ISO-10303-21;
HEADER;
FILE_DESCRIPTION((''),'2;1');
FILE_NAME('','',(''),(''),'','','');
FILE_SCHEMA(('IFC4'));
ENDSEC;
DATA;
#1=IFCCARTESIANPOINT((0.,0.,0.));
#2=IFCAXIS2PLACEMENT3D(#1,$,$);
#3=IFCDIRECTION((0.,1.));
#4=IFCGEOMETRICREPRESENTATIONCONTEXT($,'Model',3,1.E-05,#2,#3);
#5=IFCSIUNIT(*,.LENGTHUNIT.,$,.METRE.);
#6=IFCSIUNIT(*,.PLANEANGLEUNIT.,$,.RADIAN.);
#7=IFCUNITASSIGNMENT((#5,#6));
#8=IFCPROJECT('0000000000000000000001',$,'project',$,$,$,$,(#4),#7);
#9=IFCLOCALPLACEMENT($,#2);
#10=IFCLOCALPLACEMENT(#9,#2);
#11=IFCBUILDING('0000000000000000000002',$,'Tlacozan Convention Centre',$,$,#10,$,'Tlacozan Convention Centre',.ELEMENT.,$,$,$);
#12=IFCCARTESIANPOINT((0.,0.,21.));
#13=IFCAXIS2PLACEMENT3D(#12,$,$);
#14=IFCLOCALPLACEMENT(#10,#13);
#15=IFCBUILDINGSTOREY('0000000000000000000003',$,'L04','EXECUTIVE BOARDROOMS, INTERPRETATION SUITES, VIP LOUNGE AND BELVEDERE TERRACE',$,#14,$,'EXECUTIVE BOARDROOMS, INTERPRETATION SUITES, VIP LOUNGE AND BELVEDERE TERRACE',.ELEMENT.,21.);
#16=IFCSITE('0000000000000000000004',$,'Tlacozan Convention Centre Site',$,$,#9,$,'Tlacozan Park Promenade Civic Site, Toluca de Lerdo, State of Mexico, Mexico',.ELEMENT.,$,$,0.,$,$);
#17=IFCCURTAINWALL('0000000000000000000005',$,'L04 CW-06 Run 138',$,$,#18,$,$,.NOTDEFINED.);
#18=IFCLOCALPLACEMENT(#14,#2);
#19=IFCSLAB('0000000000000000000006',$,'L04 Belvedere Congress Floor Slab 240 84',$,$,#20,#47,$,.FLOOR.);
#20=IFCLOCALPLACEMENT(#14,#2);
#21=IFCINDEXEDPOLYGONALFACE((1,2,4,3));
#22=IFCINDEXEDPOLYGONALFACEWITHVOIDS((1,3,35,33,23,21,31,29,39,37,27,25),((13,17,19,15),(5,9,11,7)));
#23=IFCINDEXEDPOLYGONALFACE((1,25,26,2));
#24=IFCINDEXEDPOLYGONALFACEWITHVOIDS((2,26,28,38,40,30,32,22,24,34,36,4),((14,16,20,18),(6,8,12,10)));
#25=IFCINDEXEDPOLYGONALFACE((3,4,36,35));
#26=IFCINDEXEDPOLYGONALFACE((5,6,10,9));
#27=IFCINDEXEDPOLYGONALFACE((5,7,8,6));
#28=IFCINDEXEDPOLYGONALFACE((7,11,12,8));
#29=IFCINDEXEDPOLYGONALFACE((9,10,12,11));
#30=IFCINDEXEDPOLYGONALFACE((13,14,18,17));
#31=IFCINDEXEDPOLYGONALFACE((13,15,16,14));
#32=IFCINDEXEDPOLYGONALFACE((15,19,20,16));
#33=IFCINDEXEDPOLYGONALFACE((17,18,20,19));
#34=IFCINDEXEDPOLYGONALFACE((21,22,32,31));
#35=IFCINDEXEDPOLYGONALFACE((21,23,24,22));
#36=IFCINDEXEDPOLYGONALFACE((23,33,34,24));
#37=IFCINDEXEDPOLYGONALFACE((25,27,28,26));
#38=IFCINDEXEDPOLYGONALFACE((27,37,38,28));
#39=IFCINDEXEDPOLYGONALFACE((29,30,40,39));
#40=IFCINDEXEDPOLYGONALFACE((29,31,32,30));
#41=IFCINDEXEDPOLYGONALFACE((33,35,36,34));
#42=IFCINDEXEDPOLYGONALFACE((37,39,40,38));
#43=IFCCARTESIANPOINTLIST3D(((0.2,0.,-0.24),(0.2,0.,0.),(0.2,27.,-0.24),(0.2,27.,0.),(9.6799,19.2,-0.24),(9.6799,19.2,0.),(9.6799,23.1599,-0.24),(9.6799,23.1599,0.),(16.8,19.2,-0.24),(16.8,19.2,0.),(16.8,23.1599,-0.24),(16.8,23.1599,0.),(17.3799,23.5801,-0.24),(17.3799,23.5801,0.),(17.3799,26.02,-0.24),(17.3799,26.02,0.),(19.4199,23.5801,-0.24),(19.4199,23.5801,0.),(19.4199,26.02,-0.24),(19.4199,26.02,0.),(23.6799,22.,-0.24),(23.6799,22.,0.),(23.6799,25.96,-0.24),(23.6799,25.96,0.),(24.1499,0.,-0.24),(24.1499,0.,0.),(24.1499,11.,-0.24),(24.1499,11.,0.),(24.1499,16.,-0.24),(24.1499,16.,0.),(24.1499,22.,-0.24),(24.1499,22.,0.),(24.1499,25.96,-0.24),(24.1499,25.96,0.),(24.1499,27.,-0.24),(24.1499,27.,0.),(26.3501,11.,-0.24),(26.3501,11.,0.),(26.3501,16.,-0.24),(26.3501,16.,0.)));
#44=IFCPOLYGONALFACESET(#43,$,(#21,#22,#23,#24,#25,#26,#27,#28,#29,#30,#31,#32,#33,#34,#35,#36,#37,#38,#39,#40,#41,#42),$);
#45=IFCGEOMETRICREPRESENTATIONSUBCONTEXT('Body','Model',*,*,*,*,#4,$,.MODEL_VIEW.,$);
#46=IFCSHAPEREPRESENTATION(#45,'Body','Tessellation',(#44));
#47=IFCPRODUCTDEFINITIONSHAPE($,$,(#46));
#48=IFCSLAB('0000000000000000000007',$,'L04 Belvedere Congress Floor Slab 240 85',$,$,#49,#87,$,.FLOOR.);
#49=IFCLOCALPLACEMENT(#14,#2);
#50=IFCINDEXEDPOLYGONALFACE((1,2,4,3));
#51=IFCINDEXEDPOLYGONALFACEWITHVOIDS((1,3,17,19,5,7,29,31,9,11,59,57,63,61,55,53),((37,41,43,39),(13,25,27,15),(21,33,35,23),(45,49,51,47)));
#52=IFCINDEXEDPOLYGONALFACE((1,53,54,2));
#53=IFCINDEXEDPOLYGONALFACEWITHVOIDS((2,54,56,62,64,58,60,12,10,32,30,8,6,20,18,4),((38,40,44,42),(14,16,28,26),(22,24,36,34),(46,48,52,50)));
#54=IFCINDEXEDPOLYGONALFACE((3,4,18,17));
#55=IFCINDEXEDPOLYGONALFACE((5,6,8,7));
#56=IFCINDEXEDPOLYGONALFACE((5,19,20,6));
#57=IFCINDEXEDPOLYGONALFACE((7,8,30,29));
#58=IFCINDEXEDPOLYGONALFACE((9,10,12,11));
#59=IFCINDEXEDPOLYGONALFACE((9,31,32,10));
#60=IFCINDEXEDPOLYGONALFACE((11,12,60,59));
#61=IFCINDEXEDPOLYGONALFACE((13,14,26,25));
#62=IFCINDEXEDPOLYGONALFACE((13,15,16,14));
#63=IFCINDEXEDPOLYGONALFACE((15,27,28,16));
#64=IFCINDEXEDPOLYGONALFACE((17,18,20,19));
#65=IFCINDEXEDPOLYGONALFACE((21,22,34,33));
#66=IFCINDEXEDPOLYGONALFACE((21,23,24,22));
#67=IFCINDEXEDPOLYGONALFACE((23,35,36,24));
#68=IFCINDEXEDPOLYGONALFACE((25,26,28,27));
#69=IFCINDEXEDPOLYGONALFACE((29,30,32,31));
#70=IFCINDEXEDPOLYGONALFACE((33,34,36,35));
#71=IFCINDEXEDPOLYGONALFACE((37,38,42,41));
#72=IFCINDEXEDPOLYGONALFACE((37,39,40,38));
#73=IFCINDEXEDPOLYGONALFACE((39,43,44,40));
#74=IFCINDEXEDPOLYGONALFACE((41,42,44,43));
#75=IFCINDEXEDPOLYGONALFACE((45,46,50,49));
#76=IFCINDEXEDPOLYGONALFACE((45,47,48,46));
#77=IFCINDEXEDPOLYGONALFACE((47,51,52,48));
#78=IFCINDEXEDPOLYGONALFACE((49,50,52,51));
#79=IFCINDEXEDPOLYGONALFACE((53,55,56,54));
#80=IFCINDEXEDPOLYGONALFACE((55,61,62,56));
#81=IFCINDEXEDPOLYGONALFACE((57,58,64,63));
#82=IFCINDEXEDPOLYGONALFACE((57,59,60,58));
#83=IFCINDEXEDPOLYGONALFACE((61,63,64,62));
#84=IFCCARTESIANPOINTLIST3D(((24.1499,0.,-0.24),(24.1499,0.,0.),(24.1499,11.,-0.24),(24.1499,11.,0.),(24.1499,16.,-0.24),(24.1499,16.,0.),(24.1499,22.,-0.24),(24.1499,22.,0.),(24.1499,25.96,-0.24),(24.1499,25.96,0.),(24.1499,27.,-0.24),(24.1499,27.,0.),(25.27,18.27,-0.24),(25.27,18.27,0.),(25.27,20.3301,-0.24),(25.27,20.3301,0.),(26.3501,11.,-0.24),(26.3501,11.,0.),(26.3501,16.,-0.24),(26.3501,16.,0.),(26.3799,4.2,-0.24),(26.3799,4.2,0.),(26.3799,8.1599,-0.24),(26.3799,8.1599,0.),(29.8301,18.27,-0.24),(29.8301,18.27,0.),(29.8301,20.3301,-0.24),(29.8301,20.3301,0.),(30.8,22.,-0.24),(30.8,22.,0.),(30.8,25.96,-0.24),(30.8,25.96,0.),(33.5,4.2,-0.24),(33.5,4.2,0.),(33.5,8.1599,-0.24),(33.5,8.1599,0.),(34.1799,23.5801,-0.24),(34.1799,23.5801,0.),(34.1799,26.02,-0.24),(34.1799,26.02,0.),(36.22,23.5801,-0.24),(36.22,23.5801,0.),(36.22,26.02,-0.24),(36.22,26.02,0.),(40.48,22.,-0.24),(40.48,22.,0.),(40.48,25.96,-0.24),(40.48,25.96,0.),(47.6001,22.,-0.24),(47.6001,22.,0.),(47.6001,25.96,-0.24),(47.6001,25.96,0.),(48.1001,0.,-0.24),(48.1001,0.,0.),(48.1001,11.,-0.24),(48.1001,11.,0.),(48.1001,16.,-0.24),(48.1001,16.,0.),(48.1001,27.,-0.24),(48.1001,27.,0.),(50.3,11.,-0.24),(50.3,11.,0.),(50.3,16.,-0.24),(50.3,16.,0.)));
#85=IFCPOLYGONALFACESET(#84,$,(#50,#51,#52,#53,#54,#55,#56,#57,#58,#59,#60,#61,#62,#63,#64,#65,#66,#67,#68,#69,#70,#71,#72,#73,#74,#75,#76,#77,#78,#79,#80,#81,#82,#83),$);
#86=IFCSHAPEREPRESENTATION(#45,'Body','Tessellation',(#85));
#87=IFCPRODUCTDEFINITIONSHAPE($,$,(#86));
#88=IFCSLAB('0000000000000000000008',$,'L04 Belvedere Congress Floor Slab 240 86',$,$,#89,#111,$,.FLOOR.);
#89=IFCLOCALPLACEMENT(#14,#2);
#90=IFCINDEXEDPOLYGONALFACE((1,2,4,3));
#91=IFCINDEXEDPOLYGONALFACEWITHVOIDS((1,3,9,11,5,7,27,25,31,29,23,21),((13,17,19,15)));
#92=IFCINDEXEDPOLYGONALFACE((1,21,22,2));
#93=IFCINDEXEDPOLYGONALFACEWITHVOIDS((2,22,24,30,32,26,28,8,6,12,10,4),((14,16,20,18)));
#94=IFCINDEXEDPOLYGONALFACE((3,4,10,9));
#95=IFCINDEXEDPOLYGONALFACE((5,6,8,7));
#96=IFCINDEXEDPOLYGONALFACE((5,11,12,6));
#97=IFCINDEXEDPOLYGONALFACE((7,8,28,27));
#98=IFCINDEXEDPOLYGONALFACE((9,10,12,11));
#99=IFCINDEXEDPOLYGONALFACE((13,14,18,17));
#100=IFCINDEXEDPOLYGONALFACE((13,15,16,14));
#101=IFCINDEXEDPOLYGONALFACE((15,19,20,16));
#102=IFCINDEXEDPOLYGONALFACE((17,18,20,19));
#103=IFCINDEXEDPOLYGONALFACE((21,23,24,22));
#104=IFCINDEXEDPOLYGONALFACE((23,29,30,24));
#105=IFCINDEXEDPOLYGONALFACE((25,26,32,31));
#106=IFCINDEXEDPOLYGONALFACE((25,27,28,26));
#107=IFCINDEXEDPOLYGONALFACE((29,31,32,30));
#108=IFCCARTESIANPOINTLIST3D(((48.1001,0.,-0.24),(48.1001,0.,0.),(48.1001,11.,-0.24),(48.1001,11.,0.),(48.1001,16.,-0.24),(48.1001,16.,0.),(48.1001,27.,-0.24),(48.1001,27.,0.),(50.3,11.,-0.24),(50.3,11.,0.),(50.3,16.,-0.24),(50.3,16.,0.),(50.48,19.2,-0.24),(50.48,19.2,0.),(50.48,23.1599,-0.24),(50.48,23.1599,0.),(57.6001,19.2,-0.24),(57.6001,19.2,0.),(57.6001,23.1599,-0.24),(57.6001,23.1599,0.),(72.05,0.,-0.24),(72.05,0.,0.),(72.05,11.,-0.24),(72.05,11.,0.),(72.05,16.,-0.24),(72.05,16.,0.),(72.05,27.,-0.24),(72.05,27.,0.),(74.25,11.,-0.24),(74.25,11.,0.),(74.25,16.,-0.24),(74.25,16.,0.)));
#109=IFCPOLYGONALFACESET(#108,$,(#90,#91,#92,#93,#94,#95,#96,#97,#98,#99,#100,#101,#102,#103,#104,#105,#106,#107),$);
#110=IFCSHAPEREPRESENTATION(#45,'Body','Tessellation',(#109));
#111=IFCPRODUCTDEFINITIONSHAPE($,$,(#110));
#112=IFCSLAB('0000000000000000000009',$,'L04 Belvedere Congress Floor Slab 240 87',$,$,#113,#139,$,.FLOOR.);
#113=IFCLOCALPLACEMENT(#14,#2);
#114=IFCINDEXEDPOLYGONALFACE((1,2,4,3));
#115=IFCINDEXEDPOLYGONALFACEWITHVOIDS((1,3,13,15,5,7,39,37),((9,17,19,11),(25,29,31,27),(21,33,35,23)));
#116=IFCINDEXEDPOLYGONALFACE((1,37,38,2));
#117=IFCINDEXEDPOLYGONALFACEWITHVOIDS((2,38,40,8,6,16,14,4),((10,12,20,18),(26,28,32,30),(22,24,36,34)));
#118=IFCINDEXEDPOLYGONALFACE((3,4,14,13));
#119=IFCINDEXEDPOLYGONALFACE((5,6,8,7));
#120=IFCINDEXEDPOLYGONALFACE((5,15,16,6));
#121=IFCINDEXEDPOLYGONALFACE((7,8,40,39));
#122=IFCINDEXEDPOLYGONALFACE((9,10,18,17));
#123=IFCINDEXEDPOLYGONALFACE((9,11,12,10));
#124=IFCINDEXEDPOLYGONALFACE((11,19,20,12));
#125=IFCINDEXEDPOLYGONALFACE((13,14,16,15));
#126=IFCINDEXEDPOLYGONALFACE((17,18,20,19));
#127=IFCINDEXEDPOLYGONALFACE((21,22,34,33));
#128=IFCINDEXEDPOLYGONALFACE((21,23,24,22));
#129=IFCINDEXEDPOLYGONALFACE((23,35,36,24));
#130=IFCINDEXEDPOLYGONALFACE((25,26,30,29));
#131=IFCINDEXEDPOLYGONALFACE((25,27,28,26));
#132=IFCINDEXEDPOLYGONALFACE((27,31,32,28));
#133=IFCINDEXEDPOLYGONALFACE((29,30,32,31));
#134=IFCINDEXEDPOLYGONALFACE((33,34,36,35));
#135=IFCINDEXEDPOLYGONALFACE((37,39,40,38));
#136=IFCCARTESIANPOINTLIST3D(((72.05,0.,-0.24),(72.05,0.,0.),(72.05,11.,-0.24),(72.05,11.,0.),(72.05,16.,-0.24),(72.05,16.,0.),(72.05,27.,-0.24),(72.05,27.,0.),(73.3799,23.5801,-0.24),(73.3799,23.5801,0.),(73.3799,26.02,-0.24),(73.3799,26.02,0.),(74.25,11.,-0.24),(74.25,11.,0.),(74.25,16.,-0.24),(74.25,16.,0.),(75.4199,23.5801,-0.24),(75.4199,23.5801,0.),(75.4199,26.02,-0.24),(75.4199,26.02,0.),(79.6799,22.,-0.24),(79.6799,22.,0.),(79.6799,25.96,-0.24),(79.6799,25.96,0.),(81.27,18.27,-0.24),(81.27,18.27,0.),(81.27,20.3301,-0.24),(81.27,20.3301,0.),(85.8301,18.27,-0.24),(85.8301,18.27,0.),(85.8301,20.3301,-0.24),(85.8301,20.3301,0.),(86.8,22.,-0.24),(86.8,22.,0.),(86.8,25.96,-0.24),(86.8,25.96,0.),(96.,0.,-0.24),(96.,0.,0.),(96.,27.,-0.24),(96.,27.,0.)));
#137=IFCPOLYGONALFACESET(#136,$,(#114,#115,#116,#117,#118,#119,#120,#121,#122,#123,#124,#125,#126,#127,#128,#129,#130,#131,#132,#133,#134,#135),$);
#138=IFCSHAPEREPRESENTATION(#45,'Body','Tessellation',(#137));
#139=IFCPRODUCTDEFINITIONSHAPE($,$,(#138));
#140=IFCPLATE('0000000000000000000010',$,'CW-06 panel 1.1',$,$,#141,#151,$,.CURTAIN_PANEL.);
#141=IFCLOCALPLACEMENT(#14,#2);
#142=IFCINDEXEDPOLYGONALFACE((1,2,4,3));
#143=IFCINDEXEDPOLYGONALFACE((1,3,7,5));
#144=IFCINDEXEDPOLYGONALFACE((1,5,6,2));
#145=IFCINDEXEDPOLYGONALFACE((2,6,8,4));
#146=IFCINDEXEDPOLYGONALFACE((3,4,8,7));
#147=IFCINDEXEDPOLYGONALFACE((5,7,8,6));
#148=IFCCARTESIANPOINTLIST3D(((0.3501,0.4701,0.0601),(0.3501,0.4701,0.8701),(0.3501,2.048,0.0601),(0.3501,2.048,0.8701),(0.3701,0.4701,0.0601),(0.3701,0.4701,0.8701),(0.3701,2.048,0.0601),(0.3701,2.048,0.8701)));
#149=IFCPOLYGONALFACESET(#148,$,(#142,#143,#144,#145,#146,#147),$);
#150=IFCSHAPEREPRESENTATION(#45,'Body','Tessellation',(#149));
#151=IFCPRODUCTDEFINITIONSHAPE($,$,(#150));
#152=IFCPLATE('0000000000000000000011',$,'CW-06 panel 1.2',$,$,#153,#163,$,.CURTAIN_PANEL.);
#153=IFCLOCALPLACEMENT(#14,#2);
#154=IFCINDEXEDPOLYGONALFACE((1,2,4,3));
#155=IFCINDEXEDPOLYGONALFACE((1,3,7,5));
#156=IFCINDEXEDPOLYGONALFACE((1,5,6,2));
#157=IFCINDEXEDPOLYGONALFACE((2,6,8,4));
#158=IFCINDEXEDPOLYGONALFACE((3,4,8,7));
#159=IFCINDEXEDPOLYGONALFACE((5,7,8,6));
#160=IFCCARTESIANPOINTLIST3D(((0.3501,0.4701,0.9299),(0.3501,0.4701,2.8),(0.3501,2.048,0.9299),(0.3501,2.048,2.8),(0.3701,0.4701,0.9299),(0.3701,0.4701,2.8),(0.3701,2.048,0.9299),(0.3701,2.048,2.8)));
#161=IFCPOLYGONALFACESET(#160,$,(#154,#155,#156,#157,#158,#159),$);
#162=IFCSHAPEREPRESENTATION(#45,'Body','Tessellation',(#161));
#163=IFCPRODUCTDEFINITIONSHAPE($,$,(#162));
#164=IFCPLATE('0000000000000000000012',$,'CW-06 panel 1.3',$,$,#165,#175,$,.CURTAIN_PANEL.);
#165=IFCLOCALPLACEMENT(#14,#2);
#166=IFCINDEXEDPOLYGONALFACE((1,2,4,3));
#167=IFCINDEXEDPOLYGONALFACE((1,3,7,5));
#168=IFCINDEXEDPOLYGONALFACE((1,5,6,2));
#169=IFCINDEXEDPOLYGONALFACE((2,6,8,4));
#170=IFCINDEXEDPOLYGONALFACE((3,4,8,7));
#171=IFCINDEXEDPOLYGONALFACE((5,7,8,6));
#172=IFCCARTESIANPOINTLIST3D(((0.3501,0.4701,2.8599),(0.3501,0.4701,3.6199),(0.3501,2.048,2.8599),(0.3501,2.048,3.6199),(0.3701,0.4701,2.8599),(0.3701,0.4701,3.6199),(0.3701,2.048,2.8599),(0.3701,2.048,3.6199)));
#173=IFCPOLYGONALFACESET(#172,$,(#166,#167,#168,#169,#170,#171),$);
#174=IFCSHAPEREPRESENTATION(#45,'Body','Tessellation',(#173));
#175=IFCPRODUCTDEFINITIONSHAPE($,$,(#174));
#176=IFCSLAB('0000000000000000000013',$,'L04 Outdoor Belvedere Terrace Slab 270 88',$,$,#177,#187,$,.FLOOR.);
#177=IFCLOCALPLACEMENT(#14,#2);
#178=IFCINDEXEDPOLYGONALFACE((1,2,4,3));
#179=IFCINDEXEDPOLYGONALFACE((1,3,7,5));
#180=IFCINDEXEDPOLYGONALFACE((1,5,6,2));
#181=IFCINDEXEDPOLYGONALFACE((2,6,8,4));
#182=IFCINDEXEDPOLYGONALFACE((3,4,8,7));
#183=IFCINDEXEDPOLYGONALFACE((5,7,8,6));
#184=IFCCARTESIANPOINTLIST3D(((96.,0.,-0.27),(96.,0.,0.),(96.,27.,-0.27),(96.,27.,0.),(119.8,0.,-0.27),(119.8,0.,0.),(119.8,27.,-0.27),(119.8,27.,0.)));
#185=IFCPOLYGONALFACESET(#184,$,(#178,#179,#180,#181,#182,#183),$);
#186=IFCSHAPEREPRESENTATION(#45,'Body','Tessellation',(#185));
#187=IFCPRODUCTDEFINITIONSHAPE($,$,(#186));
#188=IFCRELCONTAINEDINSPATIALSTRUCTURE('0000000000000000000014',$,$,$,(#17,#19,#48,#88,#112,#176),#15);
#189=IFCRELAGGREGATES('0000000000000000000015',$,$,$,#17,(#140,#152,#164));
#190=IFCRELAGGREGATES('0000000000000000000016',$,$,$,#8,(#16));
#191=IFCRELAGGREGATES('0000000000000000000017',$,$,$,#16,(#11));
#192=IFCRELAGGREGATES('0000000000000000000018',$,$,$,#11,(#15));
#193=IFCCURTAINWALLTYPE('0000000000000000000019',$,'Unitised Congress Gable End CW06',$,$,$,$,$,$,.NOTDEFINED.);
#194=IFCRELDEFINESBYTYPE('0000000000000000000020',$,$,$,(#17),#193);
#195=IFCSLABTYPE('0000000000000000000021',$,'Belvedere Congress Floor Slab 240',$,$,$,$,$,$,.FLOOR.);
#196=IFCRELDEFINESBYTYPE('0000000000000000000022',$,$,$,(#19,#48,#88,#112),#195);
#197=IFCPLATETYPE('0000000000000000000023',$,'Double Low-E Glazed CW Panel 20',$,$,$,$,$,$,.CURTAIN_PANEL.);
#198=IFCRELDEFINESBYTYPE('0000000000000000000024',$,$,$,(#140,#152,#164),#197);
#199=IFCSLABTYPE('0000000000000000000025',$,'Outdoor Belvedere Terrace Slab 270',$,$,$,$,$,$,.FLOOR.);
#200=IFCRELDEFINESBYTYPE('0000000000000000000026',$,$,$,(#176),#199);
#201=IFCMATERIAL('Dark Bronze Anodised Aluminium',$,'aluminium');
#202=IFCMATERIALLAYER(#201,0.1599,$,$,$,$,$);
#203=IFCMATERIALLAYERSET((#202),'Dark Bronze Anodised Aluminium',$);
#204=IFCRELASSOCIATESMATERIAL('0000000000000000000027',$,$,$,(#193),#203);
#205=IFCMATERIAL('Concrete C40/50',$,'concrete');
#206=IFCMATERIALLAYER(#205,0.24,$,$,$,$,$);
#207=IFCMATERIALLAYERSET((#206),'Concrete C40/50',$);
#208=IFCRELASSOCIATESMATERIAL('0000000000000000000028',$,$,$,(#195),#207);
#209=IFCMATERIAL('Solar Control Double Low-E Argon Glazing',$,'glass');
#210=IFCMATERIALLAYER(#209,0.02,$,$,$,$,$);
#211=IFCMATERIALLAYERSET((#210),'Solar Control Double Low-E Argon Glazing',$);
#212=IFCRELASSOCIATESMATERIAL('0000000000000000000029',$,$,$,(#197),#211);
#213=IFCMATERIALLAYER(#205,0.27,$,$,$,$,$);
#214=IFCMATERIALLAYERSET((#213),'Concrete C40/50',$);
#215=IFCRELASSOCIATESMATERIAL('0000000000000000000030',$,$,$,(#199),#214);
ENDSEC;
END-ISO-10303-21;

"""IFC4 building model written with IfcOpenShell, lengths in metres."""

from ifc_helpers import new_model, si_unit, direction, frame, origin, origin_2d, place, context, subcontext, project, spatial, polyline, rectangle, outline, extrude, material, layer, layer_set, type_object, element, aggregate, save


model = new_model("IFC4")

# Units and contexts
model_context = context("Model", 3, precision=1e-05, world=origin(), true_north=direction((0.0, 1.0)))
body_context = subcontext(model_context, "Body", "Model", "MODEL_VIEW")
ifc_project = project(units=[si_unit("LENGTHUNIT", "METRE"), si_unit("PLANEANGLEUNIT", "RADIAN")], contexts=[model_context])

# Site, building, storey
site_placement = place(None, origin())
site = spatial("IfcSite", under=ifc_project, at=site_placement, Name="Tlacozan Convention Centre Site", LongName="Tlacozan Park Promenade Civic Site, Toluca de Lerdo, State of Mexico, Mexico", CompositionType="ELEMENT", RefElevation=0.0)
building_placement = place(site_placement, origin())
building = spatial("IfcBuilding", under=site, at=building_placement, Name="Tlacozan Convention Centre", LongName="Tlacozan Convention Centre", CompositionType="ELEMENT")
storey_placement = place(building_placement, frame((0.0, 0.0, 21.0)))
storey = spatial("IfcBuildingStorey", under=building, at=storey_placement, Name="L04", Description="EXECUTIVE BOARDROOMS, INTERPRETATION SUITES, VIP LOUNGE AND BELVEDERE TERRACE", LongName="EXECUTIVE BOARDROOMS, INTERPRETATION SUITES, VIP LOUNGE AND BELVEDERE TERRACE", CompositionType="ELEMENT", Elevation=21.0)

# Curtain wall
ifc_material_1 = material(Name="Dark Bronze Anodised Aluminium", Category="aluminium")
ifc_layer_1 = layer(ifc_material_1, 0.1599)
ifc_layer_set_1 = layer_set([ifc_layer_1], Name="Dark Bronze Anodised Aluminium")
curtain_wall_type = type_object("IfcCurtainWallType", Name="Unitised Congress Gable End CW06", PredefinedType="NOTDEFINED", material=ifc_layer_set_1)
curtain_wall_placement = place(storey_placement, origin())
curtain_wall = element("IfcCurtainWall", 1, at=curtain_wall_placement, inside=storey, type_object=curtain_wall_type, Name="L04 CW-06 Run 138", PredefinedType="NOTDEFINED")

# Slabs
ifc_material_2 = material(Name="Concrete C40/50", Category="concrete")
ifc_layer_2 = layer(ifc_material_2, 0.24)
ifc_layer_set_2 = layer_set([ifc_layer_2], Name="Concrete C40/50")
slab_type_1 = type_object("IfcSlabType", Name="Belvedere Congress Floor Slab 240", PredefinedType="FLOOR", material=ifc_layer_set_2)
slab_1_placement = place(storey_placement, frame((0.0, 0.0, -0.24)))
element("IfcSlab", 2, at=slab_1_placement, inside=storey, type_object=slab_type_1, Name="L04 Belvedere Congress Floor Slab 240 84", PredefinedType="FLOOR", context=body_context, shape_type="SweptSolid", body=[
    extrude(outline(polyline([(0.2, 0.0), (0.2, 27.0), (24.1499, 27.0), (24.1499, 25.96), (23.6799, 25.96), (23.6799, 22.0), (24.1499, 22.0), (24.1499, 16.0), (26.3501, 16.0), (26.3501, 11.0), (24.1499, 11.0), (24.1499, 0.0), (0.2, 0.0)]), holes=[polyline([(16.8, 23.1599), (9.6799, 23.1599), (9.6799, 19.2), (16.8, 19.2), (16.8, 23.1599)]), polyline([(19.4199, 26.02), (17.3799, 26.02), (17.3799, 23.5801), (19.4199, 23.5801), (19.4199, 26.02)])]), origin(), (0.0, 0.0, 1.0), 0.24),
])
slab_2_placement = place(storey_placement, frame((0.0, 0.0, -0.24)))
element("IfcSlab", 3, at=slab_2_placement, inside=storey, type_object=slab_type_1, Name="L04 Belvedere Congress Floor Slab 240 85", PredefinedType="FLOOR", context=body_context, shape_type="SweptSolid", body=[
    extrude(outline(polyline([(24.1499, 11.0), (26.3501, 11.0), (26.3501, 16.0), (24.1499, 16.0), (24.1499, 22.0), (30.8, 22.0), (30.8, 25.96), (24.1499, 25.96), (24.1499, 27.0), (48.1001, 27.0), (48.1001, 16.0), (50.3, 16.0), (50.3, 11.0), (48.1001, 11.0), (48.1001, 0.0), (24.1499, 0.0), (24.1499, 11.0)]), holes=[polyline([(33.5, 8.1599), (26.3799, 8.1599), (26.3799, 4.2), (33.5, 4.2), (33.5, 8.1599)]), polyline([(25.27, 20.3301), (25.27, 18.27), (29.8301, 18.27), (29.8301, 20.3301), (25.27, 20.3301)]), polyline([(34.1799, 26.02), (34.1799, 23.5801), (36.22, 23.5801), (36.22, 26.02), (34.1799, 26.02)]), polyline([(47.6001, 25.96), (40.48, 25.96), (40.48, 22.0), (47.6001, 22.0), (47.6001, 25.96)])]), origin(), (0.0, 0.0, 1.0), 0.24),
])
slab_3_placement = place(storey_placement, frame((0.0, 0.0, -0.24)))
element("IfcSlab", 4, at=slab_3_placement, inside=storey, type_object=slab_type_1, Name="L04 Belvedere Congress Floor Slab 240 86", PredefinedType="FLOOR", context=body_context, shape_type="SweptSolid", body=[
    extrude(outline(polyline([(48.1001, 11.0), (50.3, 11.0), (50.3, 16.0), (48.1001, 16.0), (48.1001, 27.0), (72.05, 27.0), (72.05, 16.0), (74.25, 16.0), (74.25, 11.0), (72.05, 11.0), (72.05, 0.0), (48.1001, 0.0), (48.1001, 11.0)]), holes=[polyline([(57.6001, 19.2), (57.6001, 23.1599), (50.48, 23.1599), (50.48, 19.2), (57.6001, 19.2)])]), origin(), (0.0, 0.0, 1.0), 0.24),
])
slab_4_placement = place(storey_placement, frame((0.0, 0.0, -0.24)))
element("IfcSlab", 5, at=slab_4_placement, inside=storey, type_object=slab_type_1, Name="L04 Belvedere Congress Floor Slab 240 87", PredefinedType="FLOOR", context=body_context, shape_type="SweptSolid", body=[
    extrude(outline(polyline([(96.0, 27.0), (96.0, 0.0), (72.05, 0.0), (72.05, 11.0), (74.25, 11.0), (74.25, 16.0), (72.05, 16.0), (72.05, 27.0), (96.0, 27.0)]), holes=[polyline([(85.8301, 20.3301), (81.27, 20.3301), (81.27, 18.27), (85.8301, 18.27), (85.8301, 20.3301)]), polyline([(86.8, 22.0), (86.8, 25.96), (79.6799, 25.96), (79.6799, 22.0), (86.8, 22.0)]), polyline([(75.4199, 26.02), (73.3799, 26.02), (73.3799, 23.5801), (75.4199, 23.5801), (75.4199, 26.02)])]), origin(), (0.0, 0.0, 1.0), 0.24),
])

# Plates
ifc_material_3 = material(Name="Solar Control Double Low-E Argon Glazing", Category="glass")
ifc_layer_3 = layer(ifc_material_3, 0.02)
ifc_layer_set_3 = layer_set([ifc_layer_3], Name="Solar Control Double Low-E Argon Glazing")
plate_type = type_object("IfcPlateType", Name="Double Low-E Glazed CW Panel 20", PredefinedType="CURTAIN_PANEL", material=ifc_layer_set_3)
plate_1_placement = place(storey_placement, frame((0.3601, 1.259, 0.0601), z_axis=(0.0, 0.0, 1.0), x_axis=(0.0, 1.0, 0.0)))
plate_1 = element("IfcPlate", 6, at=plate_1_placement, type_object=plate_type, Name="CW-06 panel 1.1", PredefinedType="CURTAIN_PANEL", context=body_context, shape_type="SweptSolid", body=[
    extrude(rectangle(XDim=1.5779, YDim=0.02, at=origin_2d()), origin(), (0.0, 0.0, 1.0), 0.8101),
])
plate_2_placement = place(storey_placement, frame((0.3601, 1.259, 0.9299), z_axis=(0.0, 0.0, 1.0), x_axis=(0.0, 1.0, 0.0)))
plate_2 = element("IfcPlate", 7, at=plate_2_placement, type_object=plate_type, Name="CW-06 panel 1.2", PredefinedType="CURTAIN_PANEL", context=body_context, shape_type="SweptSolid", body=[
    extrude(rectangle(XDim=1.5779, YDim=0.02, at=origin_2d()), origin(), (0.0, 0.0, 1.0), 1.8701),
])
plate_3_placement = place(storey_placement, frame((0.3601, 1.259, 2.8599), z_axis=(0.0, 0.0, 1.0), x_axis=(0.0, 1.0, 0.0)))
plate_3 = element("IfcPlate", 8, at=plate_3_placement, type_object=plate_type, Name="CW-06 panel 1.3", PredefinedType="CURTAIN_PANEL", context=body_context, shape_type="SweptSolid", body=[
    extrude(rectangle(XDim=1.5779, YDim=0.02, at=origin_2d()), origin(), (0.0, 0.0, 1.0), 0.76),
])
aggregate(curtain_wall, [plate_1, plate_2, plate_3])

# Slab
ifc_layer_4 = layer(ifc_material_2, 0.27)
ifc_layer_set_4 = layer_set([ifc_layer_4], Name="Concrete C40/50")
slab_type_2 = type_object("IfcSlabType", Name="Outdoor Belvedere Terrace Slab 270", PredefinedType="FLOOR", material=ifc_layer_set_4)
slab_5_placement = place(storey_placement, frame((0.0, 0.0, -0.27)))
element("IfcSlab", 9, at=slab_5_placement, inside=storey, type_object=slab_type_2, Name="L04 Outdoor Belvedere Terrace Slab 270 88", PredefinedType="FLOOR", context=body_context, shape_type="SweptSolid", body=[
    extrude(outline(polyline([(96.0, 0.0), (96.0, 27.0), (119.8, 27.0), (119.8, 0.0), (96.0, 0.0)])), origin(), (0.0, 0.0, 1.0), 0.27),
])

save(model, "model.ifc")
